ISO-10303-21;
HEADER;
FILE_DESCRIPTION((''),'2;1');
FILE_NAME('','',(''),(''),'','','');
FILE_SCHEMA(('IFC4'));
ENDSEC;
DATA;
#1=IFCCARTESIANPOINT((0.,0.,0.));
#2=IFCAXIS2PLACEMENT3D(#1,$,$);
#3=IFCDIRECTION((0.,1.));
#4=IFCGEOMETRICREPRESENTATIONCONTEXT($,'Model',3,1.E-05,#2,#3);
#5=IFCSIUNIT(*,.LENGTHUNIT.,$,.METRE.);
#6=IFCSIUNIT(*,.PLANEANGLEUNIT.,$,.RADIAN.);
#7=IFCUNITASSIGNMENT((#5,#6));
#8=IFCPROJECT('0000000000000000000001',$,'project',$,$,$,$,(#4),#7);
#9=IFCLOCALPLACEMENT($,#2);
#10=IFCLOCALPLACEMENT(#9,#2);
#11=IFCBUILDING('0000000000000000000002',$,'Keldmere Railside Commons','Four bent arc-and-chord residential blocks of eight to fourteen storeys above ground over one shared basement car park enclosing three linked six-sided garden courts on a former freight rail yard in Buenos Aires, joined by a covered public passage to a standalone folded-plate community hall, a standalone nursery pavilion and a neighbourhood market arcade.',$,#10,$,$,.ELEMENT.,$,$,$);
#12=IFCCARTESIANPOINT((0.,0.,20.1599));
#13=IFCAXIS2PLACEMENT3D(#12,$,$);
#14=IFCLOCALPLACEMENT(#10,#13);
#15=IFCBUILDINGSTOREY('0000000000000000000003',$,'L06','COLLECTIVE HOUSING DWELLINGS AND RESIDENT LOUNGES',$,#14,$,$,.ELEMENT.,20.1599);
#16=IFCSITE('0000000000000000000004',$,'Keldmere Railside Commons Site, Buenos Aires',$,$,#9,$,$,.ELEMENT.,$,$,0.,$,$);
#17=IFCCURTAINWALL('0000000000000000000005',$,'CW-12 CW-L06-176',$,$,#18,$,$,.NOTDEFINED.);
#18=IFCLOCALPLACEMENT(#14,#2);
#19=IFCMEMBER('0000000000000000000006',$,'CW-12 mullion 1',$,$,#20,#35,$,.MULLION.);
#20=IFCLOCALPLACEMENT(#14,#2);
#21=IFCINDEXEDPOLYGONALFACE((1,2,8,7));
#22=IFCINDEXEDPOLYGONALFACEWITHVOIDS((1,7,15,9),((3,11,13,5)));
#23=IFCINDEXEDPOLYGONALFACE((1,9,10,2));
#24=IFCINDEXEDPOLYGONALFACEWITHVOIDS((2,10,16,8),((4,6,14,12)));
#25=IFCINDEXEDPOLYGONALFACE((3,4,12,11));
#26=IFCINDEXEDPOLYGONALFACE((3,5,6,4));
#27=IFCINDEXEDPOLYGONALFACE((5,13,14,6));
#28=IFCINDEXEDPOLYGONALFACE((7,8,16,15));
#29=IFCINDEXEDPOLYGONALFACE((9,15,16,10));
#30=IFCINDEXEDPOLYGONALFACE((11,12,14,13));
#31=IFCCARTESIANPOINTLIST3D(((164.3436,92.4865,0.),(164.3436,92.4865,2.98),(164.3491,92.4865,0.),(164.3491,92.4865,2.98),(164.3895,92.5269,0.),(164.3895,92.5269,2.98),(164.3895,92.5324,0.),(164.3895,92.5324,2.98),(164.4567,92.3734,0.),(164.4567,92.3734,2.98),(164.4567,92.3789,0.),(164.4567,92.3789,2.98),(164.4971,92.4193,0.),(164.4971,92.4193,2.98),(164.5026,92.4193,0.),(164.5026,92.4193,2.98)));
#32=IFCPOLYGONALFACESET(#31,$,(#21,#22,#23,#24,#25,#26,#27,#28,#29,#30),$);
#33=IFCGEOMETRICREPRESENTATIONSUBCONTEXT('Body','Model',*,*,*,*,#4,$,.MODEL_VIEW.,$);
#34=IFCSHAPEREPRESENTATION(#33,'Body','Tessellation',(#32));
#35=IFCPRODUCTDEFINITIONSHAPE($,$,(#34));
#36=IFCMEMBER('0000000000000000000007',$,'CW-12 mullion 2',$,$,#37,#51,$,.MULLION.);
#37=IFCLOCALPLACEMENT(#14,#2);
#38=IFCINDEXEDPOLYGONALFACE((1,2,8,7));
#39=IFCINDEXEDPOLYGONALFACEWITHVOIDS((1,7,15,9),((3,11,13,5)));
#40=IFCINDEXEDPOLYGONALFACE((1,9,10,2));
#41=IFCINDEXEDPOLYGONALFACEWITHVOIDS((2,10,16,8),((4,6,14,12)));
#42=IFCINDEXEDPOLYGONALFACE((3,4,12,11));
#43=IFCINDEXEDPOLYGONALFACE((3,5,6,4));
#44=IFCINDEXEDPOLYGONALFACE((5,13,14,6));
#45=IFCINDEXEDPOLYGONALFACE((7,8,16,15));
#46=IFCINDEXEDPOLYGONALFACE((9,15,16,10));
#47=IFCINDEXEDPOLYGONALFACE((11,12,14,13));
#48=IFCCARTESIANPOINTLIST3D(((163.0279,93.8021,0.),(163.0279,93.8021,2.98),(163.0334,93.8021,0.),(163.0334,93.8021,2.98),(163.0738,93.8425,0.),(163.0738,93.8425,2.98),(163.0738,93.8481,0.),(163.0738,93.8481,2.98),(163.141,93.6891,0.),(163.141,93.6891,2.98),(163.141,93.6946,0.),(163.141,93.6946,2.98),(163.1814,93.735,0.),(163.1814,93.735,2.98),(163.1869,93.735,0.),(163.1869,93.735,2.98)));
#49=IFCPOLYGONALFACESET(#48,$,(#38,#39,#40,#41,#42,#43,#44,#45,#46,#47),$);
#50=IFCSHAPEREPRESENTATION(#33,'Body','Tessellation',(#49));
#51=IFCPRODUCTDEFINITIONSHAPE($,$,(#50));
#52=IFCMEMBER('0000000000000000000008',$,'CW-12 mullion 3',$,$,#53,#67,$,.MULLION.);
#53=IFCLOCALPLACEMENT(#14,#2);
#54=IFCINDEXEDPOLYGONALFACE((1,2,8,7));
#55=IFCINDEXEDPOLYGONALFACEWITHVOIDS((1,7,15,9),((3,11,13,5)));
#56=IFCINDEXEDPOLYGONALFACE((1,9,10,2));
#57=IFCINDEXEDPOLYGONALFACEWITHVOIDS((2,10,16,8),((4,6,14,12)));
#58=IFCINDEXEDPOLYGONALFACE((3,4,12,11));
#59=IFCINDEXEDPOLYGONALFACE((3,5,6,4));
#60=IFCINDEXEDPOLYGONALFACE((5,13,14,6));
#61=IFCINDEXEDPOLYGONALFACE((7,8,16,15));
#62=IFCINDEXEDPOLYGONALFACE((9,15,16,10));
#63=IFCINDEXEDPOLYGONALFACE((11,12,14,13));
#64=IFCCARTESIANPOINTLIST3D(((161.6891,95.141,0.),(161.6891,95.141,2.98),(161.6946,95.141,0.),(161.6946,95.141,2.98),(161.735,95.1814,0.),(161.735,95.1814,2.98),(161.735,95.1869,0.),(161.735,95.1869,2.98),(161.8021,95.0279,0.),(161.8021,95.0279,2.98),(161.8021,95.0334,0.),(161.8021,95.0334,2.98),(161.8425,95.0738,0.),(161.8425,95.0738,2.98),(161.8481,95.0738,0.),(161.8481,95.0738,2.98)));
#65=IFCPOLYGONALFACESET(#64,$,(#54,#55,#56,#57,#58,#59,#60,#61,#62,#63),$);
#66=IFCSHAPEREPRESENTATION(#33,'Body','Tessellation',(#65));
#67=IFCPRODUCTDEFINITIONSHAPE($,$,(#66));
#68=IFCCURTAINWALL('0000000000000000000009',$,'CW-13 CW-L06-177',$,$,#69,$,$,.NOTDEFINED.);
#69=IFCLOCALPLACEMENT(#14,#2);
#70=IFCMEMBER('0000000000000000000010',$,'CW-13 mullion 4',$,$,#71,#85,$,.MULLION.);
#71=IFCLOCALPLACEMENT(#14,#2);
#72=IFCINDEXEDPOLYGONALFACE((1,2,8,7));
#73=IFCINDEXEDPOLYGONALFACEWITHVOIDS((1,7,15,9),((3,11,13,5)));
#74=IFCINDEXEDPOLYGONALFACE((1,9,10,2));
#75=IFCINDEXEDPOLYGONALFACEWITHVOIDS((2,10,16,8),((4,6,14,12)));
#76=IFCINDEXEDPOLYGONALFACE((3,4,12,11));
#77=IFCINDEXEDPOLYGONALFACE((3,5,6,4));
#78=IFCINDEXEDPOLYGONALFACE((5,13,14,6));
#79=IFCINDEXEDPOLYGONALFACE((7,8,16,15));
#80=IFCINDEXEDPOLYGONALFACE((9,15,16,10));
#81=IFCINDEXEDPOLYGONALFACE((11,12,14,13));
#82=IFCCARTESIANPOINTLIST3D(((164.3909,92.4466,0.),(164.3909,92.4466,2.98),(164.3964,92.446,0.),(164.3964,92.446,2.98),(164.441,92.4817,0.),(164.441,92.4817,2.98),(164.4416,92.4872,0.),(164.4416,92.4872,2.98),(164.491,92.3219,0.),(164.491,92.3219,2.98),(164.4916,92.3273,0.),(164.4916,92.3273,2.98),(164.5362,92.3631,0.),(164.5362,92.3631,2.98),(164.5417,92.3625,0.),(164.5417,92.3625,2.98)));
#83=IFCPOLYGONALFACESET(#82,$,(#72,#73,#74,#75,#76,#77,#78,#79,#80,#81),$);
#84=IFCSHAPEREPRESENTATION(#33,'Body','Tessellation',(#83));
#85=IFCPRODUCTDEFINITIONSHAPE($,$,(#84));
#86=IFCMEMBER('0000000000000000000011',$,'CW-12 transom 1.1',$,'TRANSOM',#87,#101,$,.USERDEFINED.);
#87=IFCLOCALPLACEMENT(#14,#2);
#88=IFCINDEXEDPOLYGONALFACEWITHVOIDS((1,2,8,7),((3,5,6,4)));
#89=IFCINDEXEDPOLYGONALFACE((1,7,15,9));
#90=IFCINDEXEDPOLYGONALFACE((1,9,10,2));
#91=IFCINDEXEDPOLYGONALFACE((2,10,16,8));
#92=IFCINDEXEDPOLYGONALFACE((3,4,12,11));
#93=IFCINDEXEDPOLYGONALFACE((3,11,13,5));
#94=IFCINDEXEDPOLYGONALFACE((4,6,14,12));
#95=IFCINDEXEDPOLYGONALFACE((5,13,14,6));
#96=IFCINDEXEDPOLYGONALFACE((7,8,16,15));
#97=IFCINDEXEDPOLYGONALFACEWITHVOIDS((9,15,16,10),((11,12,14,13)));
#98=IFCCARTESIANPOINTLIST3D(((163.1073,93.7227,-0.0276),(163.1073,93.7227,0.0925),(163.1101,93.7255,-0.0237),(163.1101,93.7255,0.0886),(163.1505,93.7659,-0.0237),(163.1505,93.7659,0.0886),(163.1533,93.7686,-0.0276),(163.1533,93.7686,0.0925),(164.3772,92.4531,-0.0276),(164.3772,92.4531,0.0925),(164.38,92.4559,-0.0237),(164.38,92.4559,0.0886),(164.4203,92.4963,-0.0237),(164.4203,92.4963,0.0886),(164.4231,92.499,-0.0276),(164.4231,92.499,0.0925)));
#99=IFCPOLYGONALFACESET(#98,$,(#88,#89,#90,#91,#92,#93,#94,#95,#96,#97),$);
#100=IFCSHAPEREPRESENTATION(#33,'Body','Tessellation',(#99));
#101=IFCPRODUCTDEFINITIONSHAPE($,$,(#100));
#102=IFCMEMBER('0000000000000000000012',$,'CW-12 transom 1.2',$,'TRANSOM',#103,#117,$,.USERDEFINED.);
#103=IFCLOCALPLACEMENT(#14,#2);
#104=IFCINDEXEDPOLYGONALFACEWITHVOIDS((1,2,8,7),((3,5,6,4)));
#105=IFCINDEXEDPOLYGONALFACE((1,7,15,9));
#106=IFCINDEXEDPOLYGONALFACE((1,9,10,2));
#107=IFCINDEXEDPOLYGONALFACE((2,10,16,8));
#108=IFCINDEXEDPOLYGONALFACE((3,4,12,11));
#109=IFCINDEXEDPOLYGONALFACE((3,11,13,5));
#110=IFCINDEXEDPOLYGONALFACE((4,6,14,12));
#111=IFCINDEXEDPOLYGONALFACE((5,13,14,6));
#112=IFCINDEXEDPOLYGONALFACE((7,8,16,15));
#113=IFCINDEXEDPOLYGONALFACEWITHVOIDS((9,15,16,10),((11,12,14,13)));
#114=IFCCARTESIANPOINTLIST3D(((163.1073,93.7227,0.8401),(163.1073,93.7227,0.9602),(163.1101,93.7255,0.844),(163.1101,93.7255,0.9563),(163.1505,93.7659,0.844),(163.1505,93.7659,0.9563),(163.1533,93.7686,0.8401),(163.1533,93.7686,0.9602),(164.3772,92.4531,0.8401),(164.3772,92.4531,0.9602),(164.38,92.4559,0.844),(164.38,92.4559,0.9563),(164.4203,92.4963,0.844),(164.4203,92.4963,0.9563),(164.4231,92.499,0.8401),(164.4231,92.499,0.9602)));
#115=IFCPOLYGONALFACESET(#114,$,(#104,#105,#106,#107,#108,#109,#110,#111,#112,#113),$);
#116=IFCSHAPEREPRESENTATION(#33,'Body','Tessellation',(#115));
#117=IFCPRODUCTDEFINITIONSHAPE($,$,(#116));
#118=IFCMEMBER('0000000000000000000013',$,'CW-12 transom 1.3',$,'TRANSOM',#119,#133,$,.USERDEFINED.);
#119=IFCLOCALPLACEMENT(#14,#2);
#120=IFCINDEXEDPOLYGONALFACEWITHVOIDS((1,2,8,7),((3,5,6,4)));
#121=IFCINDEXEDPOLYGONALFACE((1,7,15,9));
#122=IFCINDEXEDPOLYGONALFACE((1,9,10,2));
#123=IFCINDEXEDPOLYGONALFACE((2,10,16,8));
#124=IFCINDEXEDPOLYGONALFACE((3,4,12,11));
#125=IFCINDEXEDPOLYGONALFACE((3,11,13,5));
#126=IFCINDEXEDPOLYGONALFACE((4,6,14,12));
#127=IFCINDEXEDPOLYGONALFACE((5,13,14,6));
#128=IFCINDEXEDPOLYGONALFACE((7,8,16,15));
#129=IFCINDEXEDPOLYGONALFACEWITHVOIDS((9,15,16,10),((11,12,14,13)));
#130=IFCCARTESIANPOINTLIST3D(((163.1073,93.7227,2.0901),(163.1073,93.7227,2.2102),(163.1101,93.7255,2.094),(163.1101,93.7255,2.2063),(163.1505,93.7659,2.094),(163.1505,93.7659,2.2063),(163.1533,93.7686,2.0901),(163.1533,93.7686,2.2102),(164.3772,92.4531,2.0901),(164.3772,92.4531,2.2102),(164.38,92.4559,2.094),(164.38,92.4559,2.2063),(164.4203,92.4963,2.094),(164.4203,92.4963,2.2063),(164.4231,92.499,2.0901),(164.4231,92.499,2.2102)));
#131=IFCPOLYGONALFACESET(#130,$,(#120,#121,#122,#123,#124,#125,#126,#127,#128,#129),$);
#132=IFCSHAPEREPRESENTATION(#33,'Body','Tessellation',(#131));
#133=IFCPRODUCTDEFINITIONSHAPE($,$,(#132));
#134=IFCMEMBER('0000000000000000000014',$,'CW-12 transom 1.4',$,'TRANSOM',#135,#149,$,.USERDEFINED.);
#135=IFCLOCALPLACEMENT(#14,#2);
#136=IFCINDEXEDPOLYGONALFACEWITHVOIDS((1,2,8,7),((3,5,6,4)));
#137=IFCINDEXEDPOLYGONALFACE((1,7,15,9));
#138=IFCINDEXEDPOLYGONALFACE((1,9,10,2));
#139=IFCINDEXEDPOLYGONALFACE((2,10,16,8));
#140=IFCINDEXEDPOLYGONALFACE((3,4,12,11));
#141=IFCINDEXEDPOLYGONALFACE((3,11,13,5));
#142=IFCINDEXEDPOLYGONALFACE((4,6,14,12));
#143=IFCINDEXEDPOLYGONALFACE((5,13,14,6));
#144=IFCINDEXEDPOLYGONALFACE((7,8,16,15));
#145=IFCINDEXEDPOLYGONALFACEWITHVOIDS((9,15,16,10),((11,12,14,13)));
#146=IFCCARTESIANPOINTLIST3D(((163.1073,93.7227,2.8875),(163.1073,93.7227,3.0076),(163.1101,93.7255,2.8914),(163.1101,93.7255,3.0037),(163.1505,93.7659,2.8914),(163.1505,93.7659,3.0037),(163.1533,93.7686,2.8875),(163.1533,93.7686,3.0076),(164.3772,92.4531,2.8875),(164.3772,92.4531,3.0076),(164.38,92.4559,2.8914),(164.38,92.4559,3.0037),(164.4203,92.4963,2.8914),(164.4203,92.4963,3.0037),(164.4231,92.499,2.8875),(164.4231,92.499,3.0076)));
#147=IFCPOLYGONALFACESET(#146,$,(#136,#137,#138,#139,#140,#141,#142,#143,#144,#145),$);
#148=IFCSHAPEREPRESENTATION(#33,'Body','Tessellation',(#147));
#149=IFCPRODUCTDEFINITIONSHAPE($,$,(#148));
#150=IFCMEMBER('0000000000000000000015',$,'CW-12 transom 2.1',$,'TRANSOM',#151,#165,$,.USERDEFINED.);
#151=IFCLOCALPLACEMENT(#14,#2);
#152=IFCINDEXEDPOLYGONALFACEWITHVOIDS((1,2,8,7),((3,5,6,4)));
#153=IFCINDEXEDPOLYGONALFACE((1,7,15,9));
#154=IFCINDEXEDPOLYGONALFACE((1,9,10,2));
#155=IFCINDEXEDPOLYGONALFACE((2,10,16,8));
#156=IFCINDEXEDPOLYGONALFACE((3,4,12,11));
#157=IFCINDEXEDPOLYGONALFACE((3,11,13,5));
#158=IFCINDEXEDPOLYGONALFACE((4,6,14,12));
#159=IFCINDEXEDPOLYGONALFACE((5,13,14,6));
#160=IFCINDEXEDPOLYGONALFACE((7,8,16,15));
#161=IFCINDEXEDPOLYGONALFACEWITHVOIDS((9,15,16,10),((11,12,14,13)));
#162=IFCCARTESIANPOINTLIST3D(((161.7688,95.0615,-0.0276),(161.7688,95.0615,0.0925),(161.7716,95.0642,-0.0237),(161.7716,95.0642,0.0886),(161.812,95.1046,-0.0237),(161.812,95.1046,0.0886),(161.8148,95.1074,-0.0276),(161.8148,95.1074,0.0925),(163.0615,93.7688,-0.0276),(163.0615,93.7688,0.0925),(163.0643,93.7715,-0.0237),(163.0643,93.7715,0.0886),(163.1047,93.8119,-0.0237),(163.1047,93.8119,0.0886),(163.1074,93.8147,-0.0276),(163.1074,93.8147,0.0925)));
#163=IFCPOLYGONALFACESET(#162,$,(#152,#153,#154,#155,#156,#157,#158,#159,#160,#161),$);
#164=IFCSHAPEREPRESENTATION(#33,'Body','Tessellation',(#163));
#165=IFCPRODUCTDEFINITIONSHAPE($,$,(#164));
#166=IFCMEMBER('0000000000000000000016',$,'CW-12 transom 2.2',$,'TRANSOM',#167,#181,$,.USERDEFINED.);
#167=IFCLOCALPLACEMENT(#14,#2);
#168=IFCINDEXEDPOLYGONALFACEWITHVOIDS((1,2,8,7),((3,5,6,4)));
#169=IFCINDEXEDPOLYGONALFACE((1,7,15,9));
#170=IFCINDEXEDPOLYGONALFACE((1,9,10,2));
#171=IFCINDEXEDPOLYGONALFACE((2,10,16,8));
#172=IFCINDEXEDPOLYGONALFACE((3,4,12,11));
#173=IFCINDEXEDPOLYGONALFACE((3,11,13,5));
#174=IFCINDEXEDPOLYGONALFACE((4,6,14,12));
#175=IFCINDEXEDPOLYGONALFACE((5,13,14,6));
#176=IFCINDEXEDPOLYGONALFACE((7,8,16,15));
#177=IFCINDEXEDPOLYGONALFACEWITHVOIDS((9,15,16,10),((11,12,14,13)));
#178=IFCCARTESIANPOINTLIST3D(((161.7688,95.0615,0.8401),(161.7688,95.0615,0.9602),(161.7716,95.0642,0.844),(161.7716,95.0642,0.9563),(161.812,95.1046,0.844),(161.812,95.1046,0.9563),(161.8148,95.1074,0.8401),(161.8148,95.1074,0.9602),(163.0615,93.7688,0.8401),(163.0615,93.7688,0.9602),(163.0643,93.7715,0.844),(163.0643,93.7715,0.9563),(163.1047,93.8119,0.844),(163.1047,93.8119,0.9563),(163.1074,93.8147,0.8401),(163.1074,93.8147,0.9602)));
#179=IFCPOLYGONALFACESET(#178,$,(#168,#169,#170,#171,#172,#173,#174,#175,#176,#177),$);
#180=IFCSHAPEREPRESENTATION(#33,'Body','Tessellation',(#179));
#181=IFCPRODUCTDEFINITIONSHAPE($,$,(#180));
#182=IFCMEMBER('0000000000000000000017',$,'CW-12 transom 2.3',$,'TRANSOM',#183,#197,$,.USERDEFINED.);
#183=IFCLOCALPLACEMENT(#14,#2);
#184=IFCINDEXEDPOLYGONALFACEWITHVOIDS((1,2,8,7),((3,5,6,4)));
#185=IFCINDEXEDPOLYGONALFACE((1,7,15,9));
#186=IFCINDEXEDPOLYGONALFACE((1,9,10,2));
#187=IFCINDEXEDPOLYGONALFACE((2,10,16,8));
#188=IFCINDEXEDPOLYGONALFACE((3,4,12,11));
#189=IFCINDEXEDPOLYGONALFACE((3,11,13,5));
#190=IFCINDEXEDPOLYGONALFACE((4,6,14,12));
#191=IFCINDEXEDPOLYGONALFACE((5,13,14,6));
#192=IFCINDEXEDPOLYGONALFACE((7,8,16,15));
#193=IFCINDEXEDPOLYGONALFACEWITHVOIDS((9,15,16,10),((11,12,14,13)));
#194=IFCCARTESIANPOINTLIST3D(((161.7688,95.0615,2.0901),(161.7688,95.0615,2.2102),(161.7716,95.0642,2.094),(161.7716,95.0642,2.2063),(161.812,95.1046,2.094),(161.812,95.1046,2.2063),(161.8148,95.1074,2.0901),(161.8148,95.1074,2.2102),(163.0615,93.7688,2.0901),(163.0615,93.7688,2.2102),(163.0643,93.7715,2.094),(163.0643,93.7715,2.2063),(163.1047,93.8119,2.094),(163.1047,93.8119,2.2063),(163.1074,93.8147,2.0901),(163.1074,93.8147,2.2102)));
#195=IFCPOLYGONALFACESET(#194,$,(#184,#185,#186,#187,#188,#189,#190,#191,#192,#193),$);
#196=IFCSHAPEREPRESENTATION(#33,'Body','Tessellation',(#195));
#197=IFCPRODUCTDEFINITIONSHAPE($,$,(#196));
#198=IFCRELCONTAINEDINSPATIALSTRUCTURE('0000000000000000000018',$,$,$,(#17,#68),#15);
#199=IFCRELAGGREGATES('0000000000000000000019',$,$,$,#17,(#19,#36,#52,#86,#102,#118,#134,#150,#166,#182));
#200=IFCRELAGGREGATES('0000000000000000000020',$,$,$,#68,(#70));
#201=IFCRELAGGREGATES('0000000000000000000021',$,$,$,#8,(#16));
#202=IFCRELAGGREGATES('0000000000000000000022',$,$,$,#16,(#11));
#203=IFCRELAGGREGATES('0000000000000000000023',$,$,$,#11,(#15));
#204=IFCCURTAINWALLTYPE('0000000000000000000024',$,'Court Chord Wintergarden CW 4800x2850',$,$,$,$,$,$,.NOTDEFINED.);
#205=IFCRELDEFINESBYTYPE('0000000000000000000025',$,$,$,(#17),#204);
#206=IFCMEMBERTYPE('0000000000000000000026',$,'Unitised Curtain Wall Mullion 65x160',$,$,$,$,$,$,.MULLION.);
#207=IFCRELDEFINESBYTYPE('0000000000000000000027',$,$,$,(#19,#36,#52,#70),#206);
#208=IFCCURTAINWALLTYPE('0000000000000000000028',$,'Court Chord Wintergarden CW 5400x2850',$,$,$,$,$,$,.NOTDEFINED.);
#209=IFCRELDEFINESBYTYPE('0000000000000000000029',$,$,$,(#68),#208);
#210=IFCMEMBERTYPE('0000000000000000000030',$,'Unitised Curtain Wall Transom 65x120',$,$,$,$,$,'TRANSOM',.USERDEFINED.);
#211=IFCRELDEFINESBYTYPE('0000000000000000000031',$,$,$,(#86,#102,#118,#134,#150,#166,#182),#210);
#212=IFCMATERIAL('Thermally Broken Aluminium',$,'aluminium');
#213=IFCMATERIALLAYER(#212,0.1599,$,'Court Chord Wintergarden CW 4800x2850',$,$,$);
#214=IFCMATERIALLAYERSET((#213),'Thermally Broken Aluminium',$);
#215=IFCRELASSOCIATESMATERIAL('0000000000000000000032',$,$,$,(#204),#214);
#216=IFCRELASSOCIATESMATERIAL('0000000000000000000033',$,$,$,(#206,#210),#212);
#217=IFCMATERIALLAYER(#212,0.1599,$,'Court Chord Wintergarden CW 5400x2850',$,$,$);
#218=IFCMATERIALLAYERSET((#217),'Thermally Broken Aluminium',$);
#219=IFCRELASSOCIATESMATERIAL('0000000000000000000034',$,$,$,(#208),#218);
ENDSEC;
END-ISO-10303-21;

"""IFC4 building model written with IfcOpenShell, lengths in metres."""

from ifc_helpers import new_model, si_unit, direction, frame, origin, origin_2d, place, context, subcontext, project, spatial, hollow_rectangle, extrude, material, layer, layer_set, material_profile, profile_set, type_object, element, aggregate, save


model = new_model("IFC4")

# Units and contexts
model_context = context("Model", 3, precision=1e-05, world=origin(), true_north=direction((0.0, 1.0)))
body_context = subcontext(model_context, "Body", "Model", "MODEL_VIEW")
ifc_project = project(units=[si_unit("LENGTHUNIT", "METRE"), si_unit("PLANEANGLEUNIT", "RADIAN")], contexts=[model_context])

# Site, building, storey
site_placement = place(None, origin())
site = spatial("IfcSite", under=ifc_project, at=site_placement, Name="Keldmere Railside Commons Site, Buenos Aires", CompositionType="ELEMENT", RefElevation=0.0)
building_placement = place(site_placement, origin())
building = spatial("IfcBuilding", under=site, at=building_placement, Name="Keldmere Railside Commons", Description="Four bent arc-and-chord residential blocks of eight to fourteen storeys above ground over one shared basement car park enclosing three linked six-sided garden courts on a former freight rail yard in Buenos Aires, joined by a covered public passage to a standalone folded-plate community hall, a standalone nursery pavilion and a neighbourhood market arcade.", CompositionType="ELEMENT")
storey_placement = place(building_placement, frame((0.0, 0.0, 20.1599)))
storey = spatial("IfcBuildingStorey", under=building, at=storey_placement, Name="L06", Description="COLLECTIVE HOUSING DWELLINGS AND RESIDENT LOUNGES", CompositionType="ELEMENT", Elevation=20.1599)

# Curtain wall, members
ifc_material_1 = material(Name="Thermally Broken Aluminium", Category="aluminium")
ifc_layer_1 = layer(ifc_material_1, 0.1599, Name="Court Chord Wintergarden CW 4800x2850")
ifc_layer_set_1 = layer_set([ifc_layer_1], Name="Thermally Broken Aluminium")
curtain_wall_type_1 = type_object("IfcCurtainWallType", Name="Court Chord Wintergarden CW 4800x2850", PredefinedType="NOTDEFINED", material=ifc_layer_set_1)
curtain_wall_1_placement = place(storey_placement, origin())
curtain_wall_1 = element("IfcCurtainWall", 1, at=curtain_wall_1_placement, inside=storey, type_object=curtain_wall_type_1, Name="CW-12 CW-L06-176", PredefinedType="NOTDEFINED")
ifc_material_profile_1 = material_profile(ifc_material_1, hollow_rectangle(XDim=0.0649, YDim=0.1599, WallThickness=0.0039, at=origin_2d()), Name="ALU-MULL-65x160")
ifc_profile_set_1 = profile_set([ifc_material_profile_1], Name="Thermally Broken Aluminium")
member_type_1 = type_object("IfcMemberType", Name="Unitised Curtain Wall Mullion 65x160", PredefinedType="MULLION", material=ifc_profile_set_1)
member_1_placement = place(storey_placement, frame((164.4231, 92.4529, 0.0), z_axis=(0.0, 0.0, 1.0), x_axis=(-0.707107, -0.707107, 0.0)))
member_1 = element("IfcMember", 2, at=member_1_placement, type_object=member_type_1, Name="CW-12 mullion 1", PredefinedType="MULLION", context=body_context, shape_type="SweptSolid", body=[
    extrude(hollow_rectangle(XDim=0.0649, YDim=0.1599, WallThickness=0.0039, at=origin_2d()), origin(), (0.0, 0.0, 1.0), 2.98),
])
member_2_placement = place(storey_placement, frame((163.1074, 93.7686, 0.0), z_axis=(0.0, 0.0, 1.0), x_axis=(-0.707107, -0.707107, 0.0)))
member_2 = element("IfcMember", 3, at=member_2_placement, type_object=member_type_1, Name="CW-12 mullion 2", PredefinedType="MULLION", context=body_context, shape_type="SweptSolid", body=[
    extrude(hollow_rectangle(XDim=0.0649, YDim=0.1599, WallThickness=0.0039, at=origin_2d()), origin(), (0.0, 0.0, 1.0), 2.98),
])
member_3_placement = place(storey_placement, frame((161.7686, 95.1074, 0.0), z_axis=(0.0, 0.0, 1.0), x_axis=(-0.707107, -0.707107, 0.0)))
member_3 = element("IfcMember", 4, at=member_3_placement, type_object=member_type_1, Name="CW-12 mullion 3", PredefinedType="MULLION", context=body_context, shape_type="SweptSolid", body=[
    extrude(hollow_rectangle(XDim=0.0649, YDim=0.1599, WallThickness=0.0039, at=origin_2d()), origin(), (0.0, 0.0, 1.0), 2.98),
])

# Curtain wall, member
ifc_layer_2 = layer(ifc_material_1, 0.1599, Name="Court Chord Wintergarden CW 5400x2850")
ifc_layer_set_2 = layer_set([ifc_layer_2], Name="Thermally Broken Aluminium")
curtain_wall_type_2 = type_object("IfcCurtainWallType", Name="Court Chord Wintergarden CW 5400x2850", PredefinedType="NOTDEFINED", material=ifc_layer_set_2)
curtain_wall_2_placement = place(storey_placement, origin())
curtain_wall_2 = element("IfcCurtainWall", 5, at=curtain_wall_2_placement, inside=storey, type_object=curtain_wall_type_2, Name="CW-13 CW-L06-177", PredefinedType="NOTDEFINED")
member_4_placement = place(storey_placement, frame((164.4663, 92.4045, 0.0), z_axis=(0.0, 0.0, 1.0), x_axis=(-0.780009, -0.625768, 0.0)))
member_4 = element("IfcMember", 6, at=member_4_placement, type_object=member_type_1, Name="CW-13 mullion 4", PredefinedType="MULLION", context=body_context, shape_type="SweptSolid", body=[
    extrude(hollow_rectangle(XDim=0.0649, YDim=0.1599, WallThickness=0.0039, at=origin_2d()), origin(), (0.0, 0.0, 1.0), 2.98),
])

# Members
ifc_material_profile_2 = material_profile(ifc_material_1, hollow_rectangle(XDim=0.0649, YDim=0.1201, WallThickness=0.0039, at=origin_2d()), Name="ALU-TRAN-65x120")
ifc_profile_set_2 = profile_set([ifc_material_profile_2], Name="Thermally Broken Aluminium")
member_type_2 = type_object("IfcMemberType", Name="Unitised Curtain Wall Transom 65x120", ElementType="TRANSOM", PredefinedType="USERDEFINED", material=ifc_profile_set_2)
member_5_placement = place(storey_placement, frame((164.4001, 92.4761, 0.0325), z_axis=(-0.707175, 0.707039, 0.0), x_axis=(-0.707039, -0.707175, 0.0)))
member_5 = element("IfcMember", 7, at=member_5_placement, type_object=member_type_2, Name="CW-12 transom 1.1", ObjectType="TRANSOM", PredefinedType="USERDEFINED", context=body_context, shape_type="SweptSolid", body=[
    extrude(hollow_rectangle(XDim=0.0649, YDim=0.1201, WallThickness=0.0039, at=origin_2d()), origin(), (0.0, 0.0, 1.0), 1.7957),
])
member_6_placement = place(storey_placement, frame((164.4001, 92.4761, 0.9001), z_axis=(-0.707175, 0.707039, 0.0), x_axis=(-0.707039, -0.707175, 0.0)))
member_6 = element("IfcMember", 8, at=member_6_placement, type_object=member_type_2, Name="CW-12 transom 1.2", ObjectType="TRANSOM", PredefinedType="USERDEFINED", context=body_context, shape_type="SweptSolid", body=[
    extrude(hollow_rectangle(XDim=0.0649, YDim=0.1201, WallThickness=0.0039, at=origin_2d()), origin(), (0.0, 0.0, 1.0), 1.7957),
])
member_7_placement = place(storey_placement, frame((164.4001, 92.4761, 2.1501), z_axis=(-0.707175, 0.707039, 0.0), x_axis=(-0.707039, -0.707175, 0.0)))
member_7 = element("IfcMember", 9, at=member_7_placement, type_object=member_type_2, Name="CW-12 transom 1.3", ObjectType="TRANSOM", PredefinedType="USERDEFINED", context=body_context, shape_type="SweptSolid", body=[
    extrude(hollow_rectangle(XDim=0.0649, YDim=0.1201, WallThickness=0.0039, at=origin_2d()), origin(), (0.0, 0.0, 1.0), 1.7957),
])
member_8_placement = place(storey_placement, frame((164.4001, 92.4761, 2.9475), z_axis=(-0.707175, 0.707039, 0.0), x_axis=(-0.707039, -0.707175, 0.0)))
member_8 = element("IfcMember", 10, at=member_8_placement, type_object=member_type_2, Name="CW-12 transom 1.4", ObjectType="TRANSOM", PredefinedType="USERDEFINED", context=body_context, shape_type="SweptSolid", body=[
    extrude(hollow_rectangle(XDim=0.0649, YDim=0.1201, WallThickness=0.0039, at=origin_2d()), origin(), (0.0, 0.0, 1.0), 1.7957),
])
member_9_placement = place(storey_placement, frame((163.0845, 93.7917, 0.0325), z_axis=(-0.707107, 0.707107, 0.0), x_axis=(-0.707107, -0.707107, 0.0)))
member_9 = element("IfcMember", 11, at=member_9_placement, type_object=member_type_2, Name="CW-12 transom 2.1", ObjectType="TRANSOM", PredefinedType="USERDEFINED", context=body_context, shape_type="SweptSolid", body=[
    extrude(hollow_rectangle(XDim=0.0649, YDim=0.1201, WallThickness=0.0039, at=origin_2d()), origin(), (0.0, 0.0, 1.0), 1.8281),
])
member_10_placement = place(storey_placement, frame((163.0845, 93.7917, 0.9001), z_axis=(-0.707107, 0.707107, 0.0), x_axis=(-0.707107, -0.707107, 0.0)))
member_10 = element("IfcMember", 12, at=member_10_placement, type_object=member_type_2, Name="CW-12 transom 2.2", ObjectType="TRANSOM", PredefinedType="USERDEFINED", context=body_context, shape_type="SweptSolid", body=[
    extrude(hollow_rectangle(XDim=0.0649, YDim=0.1201, WallThickness=0.0039, at=origin_2d()), origin(), (0.0, 0.0, 1.0), 1.8281),
])
member_11_placement = place(storey_placement, frame((163.0845, 93.7917, 2.1501), z_axis=(-0.707107, 0.707107, 0.0), x_axis=(-0.707107, -0.707107, 0.0)))
member_11 = element("IfcMember", 13, at=member_11_placement, type_object=member_type_2, Name="CW-12 transom 2.3", ObjectType="TRANSOM", PredefinedType="USERDEFINED", context=body_context, shape_type="SweptSolid", body=[
    extrude(hollow_rectangle(XDim=0.0649, YDim=0.1201, WallThickness=0.0039, at=origin_2d()), origin(), (0.0, 0.0, 1.0), 1.8281),
])

aggregate(curtain_wall_1, [member_1, member_2, member_3, member_5, member_6, member_7, member_8, member_9, member_10, member_11])
aggregate(curtain_wall_2, [member_4])

save(model, "model.ifc")
